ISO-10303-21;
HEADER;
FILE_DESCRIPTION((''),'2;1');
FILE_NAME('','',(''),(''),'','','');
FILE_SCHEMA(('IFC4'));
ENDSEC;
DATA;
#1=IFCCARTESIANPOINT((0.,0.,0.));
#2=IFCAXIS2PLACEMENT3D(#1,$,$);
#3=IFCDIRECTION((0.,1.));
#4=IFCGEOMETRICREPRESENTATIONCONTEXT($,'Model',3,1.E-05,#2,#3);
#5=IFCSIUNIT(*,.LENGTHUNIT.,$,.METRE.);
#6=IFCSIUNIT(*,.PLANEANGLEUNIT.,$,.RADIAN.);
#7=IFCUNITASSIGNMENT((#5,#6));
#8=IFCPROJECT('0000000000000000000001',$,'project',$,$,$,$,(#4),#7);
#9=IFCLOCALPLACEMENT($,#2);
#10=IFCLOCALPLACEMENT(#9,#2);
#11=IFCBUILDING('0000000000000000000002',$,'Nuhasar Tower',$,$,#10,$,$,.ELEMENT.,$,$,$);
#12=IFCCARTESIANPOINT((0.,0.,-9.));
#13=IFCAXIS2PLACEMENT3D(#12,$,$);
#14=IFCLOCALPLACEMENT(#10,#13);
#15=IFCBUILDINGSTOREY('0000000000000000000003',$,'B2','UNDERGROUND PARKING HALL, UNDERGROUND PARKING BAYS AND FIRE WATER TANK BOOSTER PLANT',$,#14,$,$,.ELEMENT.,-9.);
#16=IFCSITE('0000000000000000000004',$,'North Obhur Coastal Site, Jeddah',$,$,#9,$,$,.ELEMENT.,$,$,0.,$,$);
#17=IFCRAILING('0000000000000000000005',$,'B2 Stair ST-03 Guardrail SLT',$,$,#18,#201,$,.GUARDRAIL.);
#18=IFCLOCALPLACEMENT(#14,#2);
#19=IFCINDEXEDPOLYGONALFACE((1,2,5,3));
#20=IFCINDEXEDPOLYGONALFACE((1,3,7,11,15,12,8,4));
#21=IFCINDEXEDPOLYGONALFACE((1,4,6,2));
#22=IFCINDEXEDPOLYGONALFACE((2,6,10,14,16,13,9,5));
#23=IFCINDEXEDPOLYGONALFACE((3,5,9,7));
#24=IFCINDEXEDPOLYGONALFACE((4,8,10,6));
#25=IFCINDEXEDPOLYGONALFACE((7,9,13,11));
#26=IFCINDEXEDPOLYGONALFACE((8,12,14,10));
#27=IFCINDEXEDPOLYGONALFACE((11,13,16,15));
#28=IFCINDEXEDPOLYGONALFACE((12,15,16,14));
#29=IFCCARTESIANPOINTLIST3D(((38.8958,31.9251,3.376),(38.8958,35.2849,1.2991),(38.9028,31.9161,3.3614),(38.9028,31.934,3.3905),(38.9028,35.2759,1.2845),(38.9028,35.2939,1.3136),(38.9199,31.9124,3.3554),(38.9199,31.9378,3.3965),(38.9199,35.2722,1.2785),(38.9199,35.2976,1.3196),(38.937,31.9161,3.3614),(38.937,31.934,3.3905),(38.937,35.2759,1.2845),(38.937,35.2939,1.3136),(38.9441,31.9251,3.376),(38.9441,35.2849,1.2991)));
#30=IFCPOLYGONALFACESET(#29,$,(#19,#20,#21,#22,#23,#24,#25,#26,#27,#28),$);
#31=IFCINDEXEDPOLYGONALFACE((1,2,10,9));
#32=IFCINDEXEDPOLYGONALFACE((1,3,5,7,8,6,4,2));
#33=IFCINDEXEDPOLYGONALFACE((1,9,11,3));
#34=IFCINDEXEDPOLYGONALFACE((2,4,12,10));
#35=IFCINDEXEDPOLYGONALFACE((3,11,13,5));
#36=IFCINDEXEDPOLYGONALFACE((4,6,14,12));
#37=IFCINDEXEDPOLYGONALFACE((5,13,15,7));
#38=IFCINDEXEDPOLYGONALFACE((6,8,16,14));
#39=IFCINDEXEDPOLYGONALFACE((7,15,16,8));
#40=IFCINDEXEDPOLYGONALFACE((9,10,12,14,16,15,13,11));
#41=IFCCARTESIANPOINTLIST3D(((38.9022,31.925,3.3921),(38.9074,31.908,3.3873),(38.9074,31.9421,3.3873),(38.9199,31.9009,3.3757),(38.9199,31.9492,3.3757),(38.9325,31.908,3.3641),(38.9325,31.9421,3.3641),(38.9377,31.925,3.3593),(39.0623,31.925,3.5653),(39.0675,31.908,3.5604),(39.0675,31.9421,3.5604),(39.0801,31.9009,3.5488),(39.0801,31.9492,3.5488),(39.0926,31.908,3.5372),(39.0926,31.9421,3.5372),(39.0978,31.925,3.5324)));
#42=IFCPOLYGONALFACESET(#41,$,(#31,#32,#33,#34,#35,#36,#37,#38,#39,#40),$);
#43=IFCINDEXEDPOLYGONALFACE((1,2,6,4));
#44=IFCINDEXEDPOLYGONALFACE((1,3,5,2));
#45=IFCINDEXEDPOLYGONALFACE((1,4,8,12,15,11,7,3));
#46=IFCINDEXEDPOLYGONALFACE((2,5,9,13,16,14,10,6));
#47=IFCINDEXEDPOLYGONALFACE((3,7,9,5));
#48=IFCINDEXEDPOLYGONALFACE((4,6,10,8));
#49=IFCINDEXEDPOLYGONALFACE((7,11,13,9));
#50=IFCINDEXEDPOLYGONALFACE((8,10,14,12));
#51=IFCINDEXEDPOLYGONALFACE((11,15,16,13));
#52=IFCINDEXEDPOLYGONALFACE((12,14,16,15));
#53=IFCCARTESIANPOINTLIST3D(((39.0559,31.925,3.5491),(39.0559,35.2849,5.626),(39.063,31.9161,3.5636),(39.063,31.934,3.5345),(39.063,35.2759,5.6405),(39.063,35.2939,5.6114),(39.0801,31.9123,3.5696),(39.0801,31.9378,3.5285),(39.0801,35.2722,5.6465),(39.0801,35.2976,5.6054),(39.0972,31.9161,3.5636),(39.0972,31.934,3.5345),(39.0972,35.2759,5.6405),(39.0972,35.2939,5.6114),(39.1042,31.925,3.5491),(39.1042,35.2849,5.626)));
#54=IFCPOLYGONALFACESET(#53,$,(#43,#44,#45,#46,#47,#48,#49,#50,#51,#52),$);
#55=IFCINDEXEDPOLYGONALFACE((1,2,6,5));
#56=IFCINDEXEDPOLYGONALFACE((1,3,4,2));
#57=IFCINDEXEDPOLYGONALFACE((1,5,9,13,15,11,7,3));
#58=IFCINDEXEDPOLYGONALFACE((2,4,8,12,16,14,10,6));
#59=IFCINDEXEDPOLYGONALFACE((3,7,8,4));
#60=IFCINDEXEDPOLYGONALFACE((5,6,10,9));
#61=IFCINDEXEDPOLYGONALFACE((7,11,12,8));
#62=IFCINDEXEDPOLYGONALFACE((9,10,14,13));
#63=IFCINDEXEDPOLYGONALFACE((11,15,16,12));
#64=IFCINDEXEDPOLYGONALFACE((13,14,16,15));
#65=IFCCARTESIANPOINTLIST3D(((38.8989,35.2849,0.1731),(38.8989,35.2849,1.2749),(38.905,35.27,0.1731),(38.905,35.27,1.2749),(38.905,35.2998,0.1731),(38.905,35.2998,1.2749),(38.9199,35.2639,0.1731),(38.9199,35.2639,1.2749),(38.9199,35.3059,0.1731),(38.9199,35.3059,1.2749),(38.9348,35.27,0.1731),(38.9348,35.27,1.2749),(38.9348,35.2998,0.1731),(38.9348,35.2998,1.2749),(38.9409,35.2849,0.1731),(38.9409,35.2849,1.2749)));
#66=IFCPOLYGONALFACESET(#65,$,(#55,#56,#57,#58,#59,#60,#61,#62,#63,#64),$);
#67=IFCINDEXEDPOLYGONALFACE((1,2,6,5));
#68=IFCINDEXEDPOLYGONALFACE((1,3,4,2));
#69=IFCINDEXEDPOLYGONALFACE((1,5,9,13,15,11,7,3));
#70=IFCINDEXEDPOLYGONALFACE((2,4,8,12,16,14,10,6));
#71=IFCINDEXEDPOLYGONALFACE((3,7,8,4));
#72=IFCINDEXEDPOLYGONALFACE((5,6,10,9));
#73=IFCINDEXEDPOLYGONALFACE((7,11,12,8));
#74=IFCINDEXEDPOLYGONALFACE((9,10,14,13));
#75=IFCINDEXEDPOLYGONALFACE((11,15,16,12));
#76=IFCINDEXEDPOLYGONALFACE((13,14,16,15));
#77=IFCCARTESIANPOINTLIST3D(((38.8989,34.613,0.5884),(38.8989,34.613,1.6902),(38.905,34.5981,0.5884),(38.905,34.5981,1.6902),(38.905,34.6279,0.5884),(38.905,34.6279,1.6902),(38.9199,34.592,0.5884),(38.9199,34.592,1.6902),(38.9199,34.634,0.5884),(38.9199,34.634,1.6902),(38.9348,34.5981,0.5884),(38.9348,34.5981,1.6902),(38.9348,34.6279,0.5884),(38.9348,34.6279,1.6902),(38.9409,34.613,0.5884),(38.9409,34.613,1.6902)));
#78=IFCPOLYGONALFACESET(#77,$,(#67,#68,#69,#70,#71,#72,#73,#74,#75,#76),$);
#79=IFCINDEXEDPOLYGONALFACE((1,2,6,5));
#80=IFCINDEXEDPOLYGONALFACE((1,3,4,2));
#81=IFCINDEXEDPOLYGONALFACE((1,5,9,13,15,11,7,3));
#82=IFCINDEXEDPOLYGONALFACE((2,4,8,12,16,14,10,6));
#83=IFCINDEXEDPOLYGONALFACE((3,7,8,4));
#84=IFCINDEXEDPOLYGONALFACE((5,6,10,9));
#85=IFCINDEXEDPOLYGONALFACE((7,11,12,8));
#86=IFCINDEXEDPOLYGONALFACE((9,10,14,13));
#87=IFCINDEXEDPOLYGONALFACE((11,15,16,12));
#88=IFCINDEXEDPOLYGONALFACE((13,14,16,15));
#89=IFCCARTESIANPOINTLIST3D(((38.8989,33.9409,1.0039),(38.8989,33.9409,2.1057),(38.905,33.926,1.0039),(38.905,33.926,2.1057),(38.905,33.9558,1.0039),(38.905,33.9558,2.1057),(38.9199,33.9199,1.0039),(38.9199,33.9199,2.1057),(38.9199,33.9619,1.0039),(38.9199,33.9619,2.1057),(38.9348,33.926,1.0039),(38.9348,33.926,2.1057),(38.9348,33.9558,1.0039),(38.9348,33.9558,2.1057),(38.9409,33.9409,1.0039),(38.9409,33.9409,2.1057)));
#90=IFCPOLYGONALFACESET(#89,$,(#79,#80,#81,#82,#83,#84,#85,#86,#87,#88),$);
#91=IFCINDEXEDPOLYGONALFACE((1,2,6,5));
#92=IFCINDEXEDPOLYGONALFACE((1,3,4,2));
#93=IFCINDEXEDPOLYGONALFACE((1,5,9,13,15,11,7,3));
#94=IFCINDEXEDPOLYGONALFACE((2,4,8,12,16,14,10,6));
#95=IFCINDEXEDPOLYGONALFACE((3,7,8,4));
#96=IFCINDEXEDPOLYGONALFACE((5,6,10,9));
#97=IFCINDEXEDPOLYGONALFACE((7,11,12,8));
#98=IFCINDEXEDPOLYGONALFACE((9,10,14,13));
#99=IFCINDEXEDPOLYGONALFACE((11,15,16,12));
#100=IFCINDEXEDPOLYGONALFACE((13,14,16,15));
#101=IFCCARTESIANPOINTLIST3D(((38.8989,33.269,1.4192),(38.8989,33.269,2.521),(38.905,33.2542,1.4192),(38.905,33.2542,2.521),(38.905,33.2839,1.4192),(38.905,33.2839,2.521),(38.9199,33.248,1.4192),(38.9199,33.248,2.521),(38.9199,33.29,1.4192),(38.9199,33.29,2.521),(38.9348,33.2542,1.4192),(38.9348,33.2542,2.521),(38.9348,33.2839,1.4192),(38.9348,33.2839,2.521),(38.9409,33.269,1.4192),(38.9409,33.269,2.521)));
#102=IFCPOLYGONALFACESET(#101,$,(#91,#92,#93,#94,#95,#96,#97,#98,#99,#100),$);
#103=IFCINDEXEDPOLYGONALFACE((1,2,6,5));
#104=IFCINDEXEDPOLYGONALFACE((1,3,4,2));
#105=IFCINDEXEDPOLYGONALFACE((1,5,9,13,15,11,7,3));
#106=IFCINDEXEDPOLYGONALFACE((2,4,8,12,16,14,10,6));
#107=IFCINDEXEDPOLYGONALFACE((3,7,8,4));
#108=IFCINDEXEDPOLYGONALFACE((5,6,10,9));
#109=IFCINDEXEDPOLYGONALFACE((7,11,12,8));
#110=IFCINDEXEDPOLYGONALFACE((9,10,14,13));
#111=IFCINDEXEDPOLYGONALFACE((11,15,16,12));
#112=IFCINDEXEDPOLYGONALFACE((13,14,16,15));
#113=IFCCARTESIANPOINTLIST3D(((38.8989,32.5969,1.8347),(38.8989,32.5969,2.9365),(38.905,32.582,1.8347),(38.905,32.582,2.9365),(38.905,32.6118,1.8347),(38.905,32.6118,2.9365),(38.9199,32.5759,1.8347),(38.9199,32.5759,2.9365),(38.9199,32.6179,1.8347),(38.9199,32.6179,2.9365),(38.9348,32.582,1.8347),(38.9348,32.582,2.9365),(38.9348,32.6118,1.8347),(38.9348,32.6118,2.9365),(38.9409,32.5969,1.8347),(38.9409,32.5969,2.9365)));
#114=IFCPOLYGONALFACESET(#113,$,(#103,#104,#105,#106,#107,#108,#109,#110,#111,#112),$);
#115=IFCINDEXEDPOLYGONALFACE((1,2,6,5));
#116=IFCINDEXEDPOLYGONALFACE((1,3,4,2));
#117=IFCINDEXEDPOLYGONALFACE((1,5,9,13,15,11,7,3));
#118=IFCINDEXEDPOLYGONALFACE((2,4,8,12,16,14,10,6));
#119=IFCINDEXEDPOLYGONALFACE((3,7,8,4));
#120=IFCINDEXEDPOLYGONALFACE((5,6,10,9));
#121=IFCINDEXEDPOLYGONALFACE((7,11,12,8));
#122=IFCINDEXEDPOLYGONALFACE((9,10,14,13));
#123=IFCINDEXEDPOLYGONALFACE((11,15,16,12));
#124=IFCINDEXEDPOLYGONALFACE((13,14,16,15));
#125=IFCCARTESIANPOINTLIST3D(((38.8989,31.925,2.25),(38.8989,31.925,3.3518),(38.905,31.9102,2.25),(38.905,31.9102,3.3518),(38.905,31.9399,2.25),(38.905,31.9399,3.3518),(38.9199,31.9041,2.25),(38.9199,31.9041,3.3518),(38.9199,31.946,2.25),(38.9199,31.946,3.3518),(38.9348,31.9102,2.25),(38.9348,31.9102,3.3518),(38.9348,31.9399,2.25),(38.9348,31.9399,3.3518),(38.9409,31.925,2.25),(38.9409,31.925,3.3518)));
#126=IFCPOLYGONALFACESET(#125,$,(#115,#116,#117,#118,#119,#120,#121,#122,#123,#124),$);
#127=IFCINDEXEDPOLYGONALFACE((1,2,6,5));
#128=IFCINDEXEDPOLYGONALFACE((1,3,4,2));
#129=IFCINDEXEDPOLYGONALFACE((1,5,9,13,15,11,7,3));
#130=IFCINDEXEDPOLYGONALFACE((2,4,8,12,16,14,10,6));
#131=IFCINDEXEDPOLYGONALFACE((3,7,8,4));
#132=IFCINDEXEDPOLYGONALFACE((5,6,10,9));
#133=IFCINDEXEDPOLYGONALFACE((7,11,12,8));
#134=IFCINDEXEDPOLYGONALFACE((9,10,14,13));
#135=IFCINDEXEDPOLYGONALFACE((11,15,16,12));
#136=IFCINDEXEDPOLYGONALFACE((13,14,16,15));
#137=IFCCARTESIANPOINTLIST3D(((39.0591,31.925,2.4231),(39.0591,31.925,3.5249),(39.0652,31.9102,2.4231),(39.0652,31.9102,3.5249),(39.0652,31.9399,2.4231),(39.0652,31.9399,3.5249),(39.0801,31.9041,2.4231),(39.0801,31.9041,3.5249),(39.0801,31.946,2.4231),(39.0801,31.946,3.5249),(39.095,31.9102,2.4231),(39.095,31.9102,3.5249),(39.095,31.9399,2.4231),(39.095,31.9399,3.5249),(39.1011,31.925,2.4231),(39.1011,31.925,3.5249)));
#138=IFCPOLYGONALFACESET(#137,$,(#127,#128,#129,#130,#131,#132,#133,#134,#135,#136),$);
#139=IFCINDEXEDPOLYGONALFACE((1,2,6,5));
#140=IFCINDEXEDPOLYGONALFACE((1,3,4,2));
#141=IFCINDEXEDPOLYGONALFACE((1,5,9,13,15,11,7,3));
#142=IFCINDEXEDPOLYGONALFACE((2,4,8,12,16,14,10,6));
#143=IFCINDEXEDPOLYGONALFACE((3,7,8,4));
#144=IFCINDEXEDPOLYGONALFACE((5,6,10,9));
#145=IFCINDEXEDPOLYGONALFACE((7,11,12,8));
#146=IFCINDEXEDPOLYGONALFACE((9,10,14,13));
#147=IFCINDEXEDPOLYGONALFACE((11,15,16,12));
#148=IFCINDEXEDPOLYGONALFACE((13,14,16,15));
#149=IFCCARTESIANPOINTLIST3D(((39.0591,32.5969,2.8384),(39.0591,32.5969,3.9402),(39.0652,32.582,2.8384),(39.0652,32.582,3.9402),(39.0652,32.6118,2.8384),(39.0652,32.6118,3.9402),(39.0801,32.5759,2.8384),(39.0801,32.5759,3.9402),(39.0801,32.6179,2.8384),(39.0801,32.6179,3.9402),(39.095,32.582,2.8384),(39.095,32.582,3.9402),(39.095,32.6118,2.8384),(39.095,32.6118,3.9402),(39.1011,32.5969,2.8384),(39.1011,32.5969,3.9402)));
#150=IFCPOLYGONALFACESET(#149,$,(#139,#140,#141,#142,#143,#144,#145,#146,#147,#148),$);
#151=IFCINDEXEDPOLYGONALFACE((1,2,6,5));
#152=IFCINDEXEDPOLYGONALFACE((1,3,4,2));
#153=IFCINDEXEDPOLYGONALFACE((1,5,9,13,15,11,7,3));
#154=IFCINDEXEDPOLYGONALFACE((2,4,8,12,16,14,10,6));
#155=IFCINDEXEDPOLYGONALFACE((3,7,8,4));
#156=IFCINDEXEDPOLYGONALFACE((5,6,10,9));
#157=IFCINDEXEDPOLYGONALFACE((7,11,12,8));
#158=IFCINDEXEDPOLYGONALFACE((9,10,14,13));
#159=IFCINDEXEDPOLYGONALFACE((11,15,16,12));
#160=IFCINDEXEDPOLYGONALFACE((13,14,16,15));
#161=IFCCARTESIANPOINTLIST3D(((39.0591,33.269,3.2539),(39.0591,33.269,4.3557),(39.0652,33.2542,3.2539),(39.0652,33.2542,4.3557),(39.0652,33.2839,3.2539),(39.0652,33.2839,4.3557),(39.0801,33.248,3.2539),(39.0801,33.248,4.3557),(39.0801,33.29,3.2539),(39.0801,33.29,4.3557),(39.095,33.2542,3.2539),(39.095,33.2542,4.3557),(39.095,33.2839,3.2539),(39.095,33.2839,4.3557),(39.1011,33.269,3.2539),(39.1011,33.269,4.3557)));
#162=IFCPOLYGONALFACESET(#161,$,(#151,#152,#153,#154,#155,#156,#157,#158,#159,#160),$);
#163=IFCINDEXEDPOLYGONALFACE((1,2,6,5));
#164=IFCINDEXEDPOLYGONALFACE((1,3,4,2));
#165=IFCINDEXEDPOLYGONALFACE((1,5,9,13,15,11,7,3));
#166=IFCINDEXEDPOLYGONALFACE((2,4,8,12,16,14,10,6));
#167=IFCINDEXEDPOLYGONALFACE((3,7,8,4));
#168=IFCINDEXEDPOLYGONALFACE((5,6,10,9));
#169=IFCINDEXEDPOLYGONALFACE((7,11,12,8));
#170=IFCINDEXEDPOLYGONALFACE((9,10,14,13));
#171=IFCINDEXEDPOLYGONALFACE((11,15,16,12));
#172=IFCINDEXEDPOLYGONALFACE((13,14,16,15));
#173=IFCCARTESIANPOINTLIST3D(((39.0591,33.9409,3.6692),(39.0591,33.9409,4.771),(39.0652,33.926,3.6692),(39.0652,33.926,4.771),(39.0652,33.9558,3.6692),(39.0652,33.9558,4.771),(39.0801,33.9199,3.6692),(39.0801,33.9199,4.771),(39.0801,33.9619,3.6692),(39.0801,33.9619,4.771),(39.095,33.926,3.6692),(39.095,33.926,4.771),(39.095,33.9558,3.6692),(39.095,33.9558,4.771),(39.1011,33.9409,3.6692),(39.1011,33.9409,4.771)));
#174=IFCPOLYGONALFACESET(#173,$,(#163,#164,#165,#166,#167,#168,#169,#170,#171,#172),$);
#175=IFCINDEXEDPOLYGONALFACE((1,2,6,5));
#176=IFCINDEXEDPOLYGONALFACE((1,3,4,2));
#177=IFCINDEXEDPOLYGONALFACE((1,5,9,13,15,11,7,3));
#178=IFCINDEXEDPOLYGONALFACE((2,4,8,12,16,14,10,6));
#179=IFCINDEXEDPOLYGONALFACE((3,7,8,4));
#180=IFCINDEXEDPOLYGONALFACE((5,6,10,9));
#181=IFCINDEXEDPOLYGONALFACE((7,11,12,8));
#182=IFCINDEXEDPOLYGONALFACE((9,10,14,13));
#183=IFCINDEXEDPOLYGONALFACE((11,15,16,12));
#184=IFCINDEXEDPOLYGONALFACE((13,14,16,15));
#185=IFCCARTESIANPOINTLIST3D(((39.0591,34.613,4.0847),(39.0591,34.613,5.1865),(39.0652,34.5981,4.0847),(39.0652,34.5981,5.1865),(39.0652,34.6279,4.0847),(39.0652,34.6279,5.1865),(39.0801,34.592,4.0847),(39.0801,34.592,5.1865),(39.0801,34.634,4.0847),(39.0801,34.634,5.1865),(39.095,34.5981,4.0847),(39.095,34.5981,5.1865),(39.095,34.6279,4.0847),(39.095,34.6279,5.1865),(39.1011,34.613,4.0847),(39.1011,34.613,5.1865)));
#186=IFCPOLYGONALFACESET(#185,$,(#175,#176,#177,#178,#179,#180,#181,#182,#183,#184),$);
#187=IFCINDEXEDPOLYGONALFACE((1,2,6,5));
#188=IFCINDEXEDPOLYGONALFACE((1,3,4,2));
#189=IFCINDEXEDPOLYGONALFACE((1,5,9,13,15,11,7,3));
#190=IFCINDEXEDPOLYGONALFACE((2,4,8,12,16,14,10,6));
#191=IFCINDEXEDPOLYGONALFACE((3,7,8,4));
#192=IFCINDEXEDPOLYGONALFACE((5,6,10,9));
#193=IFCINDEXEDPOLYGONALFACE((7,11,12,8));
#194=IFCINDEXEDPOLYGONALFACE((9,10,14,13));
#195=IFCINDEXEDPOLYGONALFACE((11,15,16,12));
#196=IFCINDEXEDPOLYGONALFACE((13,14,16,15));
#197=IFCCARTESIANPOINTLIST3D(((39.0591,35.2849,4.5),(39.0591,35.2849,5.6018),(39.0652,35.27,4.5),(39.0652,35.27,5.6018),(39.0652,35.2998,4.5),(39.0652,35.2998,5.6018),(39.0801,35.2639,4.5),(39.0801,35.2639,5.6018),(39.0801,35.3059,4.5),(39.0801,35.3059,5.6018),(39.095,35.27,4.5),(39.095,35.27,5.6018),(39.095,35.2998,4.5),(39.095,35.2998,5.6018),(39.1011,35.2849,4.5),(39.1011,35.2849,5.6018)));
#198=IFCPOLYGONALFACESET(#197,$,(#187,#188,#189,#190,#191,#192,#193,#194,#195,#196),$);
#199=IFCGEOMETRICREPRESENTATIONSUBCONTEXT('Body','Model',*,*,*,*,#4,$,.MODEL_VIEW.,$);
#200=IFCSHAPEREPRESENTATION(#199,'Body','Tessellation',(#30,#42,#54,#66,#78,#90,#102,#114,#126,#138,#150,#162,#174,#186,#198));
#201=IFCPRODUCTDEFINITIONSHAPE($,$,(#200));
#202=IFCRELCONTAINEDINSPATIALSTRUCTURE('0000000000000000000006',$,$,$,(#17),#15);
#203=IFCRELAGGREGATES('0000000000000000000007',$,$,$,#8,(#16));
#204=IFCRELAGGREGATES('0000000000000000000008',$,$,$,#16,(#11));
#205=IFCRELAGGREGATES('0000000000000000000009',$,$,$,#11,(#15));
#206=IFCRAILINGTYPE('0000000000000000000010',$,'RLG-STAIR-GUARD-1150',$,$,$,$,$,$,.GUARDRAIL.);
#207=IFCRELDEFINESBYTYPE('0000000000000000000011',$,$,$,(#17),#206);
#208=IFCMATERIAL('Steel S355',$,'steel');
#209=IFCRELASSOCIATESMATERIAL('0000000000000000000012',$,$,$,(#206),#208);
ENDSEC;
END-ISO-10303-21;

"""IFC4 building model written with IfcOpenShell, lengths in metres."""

from ifc_helpers import new_model, si_unit, direction, frame, origin, place, context, subcontext, project, spatial, polyline, outline, extrude, material, type_object, element, save


model = new_model("IFC4")

# Units and contexts
model_context = context("Model", 3, precision=1e-05, world=origin(), true_north=direction((0.0, 1.0)))
body_context = subcontext(model_context, "Body", "Model", "MODEL_VIEW")
ifc_project = project(units=[si_unit("LENGTHUNIT", "METRE"), si_unit("PLANEANGLEUNIT", "RADIAN")], contexts=[model_context])

# Site, building, storey
site_placement = place(None, origin())
site = spatial("IfcSite", under=ifc_project, at=site_placement, Name="North Obhur Coastal Site, Jeddah", CompositionType="ELEMENT", RefElevation=0.0)
building_placement = place(site_placement, origin())
building = spatial("IfcBuilding", under=site, at=building_placement, Name="Nuhasar Tower", CompositionType="ELEMENT")
storey_placement = place(building_placement, frame((0.0, 0.0, -9.0)))
storey = spatial("IfcBuildingStorey", under=building, at=storey_placement, Name="B2", Description="UNDERGROUND PARKING HALL, UNDERGROUND PARKING BAYS AND FIRE WATER TANK BOOSTER PLANT", CompositionType="ELEMENT", Elevation=-9.0)

# Shared definitions
ifc_material_1 = material(Name="Steel S355", Category="steel")

# Railing
railing_type_1 = type_object("IfcRailingType", Name="RLG-STAIR-GUARD-1150", PredefinedType="GUARDRAIL", material=ifc_material_1)
railing_1_placement = place(storey_placement, frame((38.9199, 35.2849, 0.1731)))
element("IfcRailing", 1, at=railing_1_placement, inside=storey, type_object=railing_type_1, Name="B2 Stair ST-03 Guardrail SLT", PredefinedType="GUARDRAIL", context=body_context, shape_type="SweptSolid", body=[
    extrude(outline(polyline([(0.0242, 0.0), (0.0171, 0.0171), (0.0, 0.0242), (-0.0171, 0.0171), (-0.0242, 0.0), (-0.0171, -0.0171), (0.0, -0.0242), (0.0171, -0.0171), (0.0242, 0.0)])), frame((0.0, 0.0, 1.126), z_axis=(0.0, -0.850606, 0.525803), x_axis=(1.0, 0.0, 0.0)), (0.0, 0.0, 1.0), 3.95),
    extrude(outline(polyline([(0.0242, 0.0), (0.0171, 0.0171), (0.0, 0.0242), (-0.0171, 0.0171), (-0.0242, 0.0), (-0.0171, -0.0171), (0.0, -0.0242), (0.0171, -0.0171), (0.0242, 0.0)])), frame((0.0, -3.3599, 3.2026), z_axis=(0.67914, 0.0, 0.734009), x_axis=(0.0, 1.0, 0.0)), (0.0, 0.0, 1.0), 0.2358),
    extrude(outline(polyline([(0.0242, 0.0), (0.0171, 0.0171), (0.0, 0.0242), (-0.0171, 0.0171), (-0.0242, 0.0), (-0.0171, -0.0171), (0.0, -0.0242), (0.0171, -0.0171), (0.0242, 0.0)])), frame((0.1602, -3.3599, 3.376), z_axis=(0.0, 0.850606, 0.525803), x_axis=(-1.0, 0.0, 0.0)), (0.0, 0.0, 1.0), 3.95),
    extrude(outline(polyline([(0.021, 0.0), (0.0149, 0.0149), (0.0, 0.021), (-0.0149, 0.0149), (-0.021, 0.0), (-0.0149, -0.0149), (0.0, -0.021), (0.0149, -0.0149), (0.021, 0.0)])), origin(), (0.0, 0.0, 1.0), 1.1018),
    extrude(outline(polyline([(0.021, 0.0), (0.0149, 0.0149), (0.0, 0.021), (-0.0149, 0.0149), (-0.021, 0.0), (-0.0149, -0.0149), (0.0, -0.021), (0.0149, -0.0149), (0.021, 0.0)])), frame((0.0, -0.6719, 0.4153)), (0.0, 0.0, 1.0), 1.1018),
    extrude(outline(polyline([(0.021, 0.0), (0.0149, 0.0149), (0.0, 0.021), (-0.0149, 0.0149), (-0.021, 0.0), (-0.0149, -0.0149), (0.0, -0.021), (0.0149, -0.0149), (0.021, 0.0)])), frame((0.0, -1.344, 0.8308)), (0.0, 0.0, 1.0), 1.1018),
    extrude(outline(polyline([(0.021, 0.0), (0.0149, 0.0149), (0.0, 0.021), (-0.0149, 0.0149), (-0.021, 0.0), (-0.0149, -0.0149), (0.0, -0.021), (0.0149, -0.0149), (0.021, 0.0)])), frame((0.0, -2.0159, 1.2461)), (0.0, 0.0, 1.0), 1.1018),
    extrude(outline(polyline([(0.021, 0.0), (0.0149, 0.0149), (0.0, 0.021), (-0.0149, 0.0149), (-0.021, 0.0), (-0.0149, -0.0149), (0.0, -0.021), (0.0149, -0.0149), (0.021, 0.0)])), frame((0.0, -2.688, 1.6616)), (0.0, 0.0, 1.0), 1.1018),
    extrude(outline(polyline([(0.021, 0.0), (0.0149, 0.0149), (0.0, 0.021), (-0.0149, 0.0149), (-0.021, 0.0), (-0.0149, -0.0149), (0.0, -0.021), (0.0149, -0.0149), (0.021, 0.0)])), frame((0.0, -3.3599, 2.0769)), (0.0, 0.0, 1.0), 1.1018),
    extrude(outline(polyline([(0.021, 0.0), (0.0149, 0.0149), (0.0, 0.021), (-0.0149, 0.0149), (-0.021, 0.0), (-0.0149, -0.0149), (0.0, -0.021), (0.0149, -0.0149), (0.021, 0.0)])), frame((0.1602, -3.3599, 2.25)), (0.0, 0.0, 1.0), 1.1018),
    extrude(outline(polyline([(0.021, 0.0), (0.0149, 0.0149), (0.0, 0.021), (-0.0149, 0.0149), (-0.021, 0.0), (-0.0149, -0.0149), (0.0, -0.021), (0.0149, -0.0149), (0.021, 0.0)])), frame((0.1602, -2.688, 2.6653)), (0.0, 0.0, 1.0), 1.1018),
    extrude(outline(polyline([(0.021, 0.0), (0.0149, 0.0149), (0.0, 0.021), (-0.0149, 0.0149), (-0.021, 0.0), (-0.0149, -0.0149), (0.0, -0.021), (0.0149, -0.0149), (0.021, 0.0)])), frame((0.1602, -2.0159, 3.0808)), (0.0, 0.0, 1.0), 1.1018),
    extrude(outline(polyline([(0.021, 0.0), (0.0149, 0.0149), (0.0, 0.021), (-0.0149, 0.0149), (-0.021, 0.0), (-0.0149, -0.0149), (0.0, -0.021), (0.0149, -0.0149), (0.021, 0.0)])), frame((0.1602, -1.344, 3.4961)), (0.0, 0.0, 1.0), 1.1018),
    extrude(outline(polyline([(0.021, 0.0), (0.0149, 0.0149), (0.0, 0.021), (-0.0149, 0.0149), (-0.021, 0.0), (-0.0149, -0.0149), (0.0, -0.021), (0.0149, -0.0149), (0.021, 0.0)])), frame((0.1602, -0.6719, 3.9116)), (0.0, 0.0, 1.0), 1.1018),
    extrude(outline(polyline([(0.021, 0.0), (0.0149, 0.0149), (0.0, 0.021), (-0.0149, 0.0149), (-0.021, 0.0), (-0.0149, -0.0149), (0.0, -0.021), (0.0149, -0.0149), (0.021, 0.0)])), frame((0.1602, 0.0, 4.3269)), (0.0, 0.0, 1.0), 1.1018),
])

save(model, "model.ifc")
